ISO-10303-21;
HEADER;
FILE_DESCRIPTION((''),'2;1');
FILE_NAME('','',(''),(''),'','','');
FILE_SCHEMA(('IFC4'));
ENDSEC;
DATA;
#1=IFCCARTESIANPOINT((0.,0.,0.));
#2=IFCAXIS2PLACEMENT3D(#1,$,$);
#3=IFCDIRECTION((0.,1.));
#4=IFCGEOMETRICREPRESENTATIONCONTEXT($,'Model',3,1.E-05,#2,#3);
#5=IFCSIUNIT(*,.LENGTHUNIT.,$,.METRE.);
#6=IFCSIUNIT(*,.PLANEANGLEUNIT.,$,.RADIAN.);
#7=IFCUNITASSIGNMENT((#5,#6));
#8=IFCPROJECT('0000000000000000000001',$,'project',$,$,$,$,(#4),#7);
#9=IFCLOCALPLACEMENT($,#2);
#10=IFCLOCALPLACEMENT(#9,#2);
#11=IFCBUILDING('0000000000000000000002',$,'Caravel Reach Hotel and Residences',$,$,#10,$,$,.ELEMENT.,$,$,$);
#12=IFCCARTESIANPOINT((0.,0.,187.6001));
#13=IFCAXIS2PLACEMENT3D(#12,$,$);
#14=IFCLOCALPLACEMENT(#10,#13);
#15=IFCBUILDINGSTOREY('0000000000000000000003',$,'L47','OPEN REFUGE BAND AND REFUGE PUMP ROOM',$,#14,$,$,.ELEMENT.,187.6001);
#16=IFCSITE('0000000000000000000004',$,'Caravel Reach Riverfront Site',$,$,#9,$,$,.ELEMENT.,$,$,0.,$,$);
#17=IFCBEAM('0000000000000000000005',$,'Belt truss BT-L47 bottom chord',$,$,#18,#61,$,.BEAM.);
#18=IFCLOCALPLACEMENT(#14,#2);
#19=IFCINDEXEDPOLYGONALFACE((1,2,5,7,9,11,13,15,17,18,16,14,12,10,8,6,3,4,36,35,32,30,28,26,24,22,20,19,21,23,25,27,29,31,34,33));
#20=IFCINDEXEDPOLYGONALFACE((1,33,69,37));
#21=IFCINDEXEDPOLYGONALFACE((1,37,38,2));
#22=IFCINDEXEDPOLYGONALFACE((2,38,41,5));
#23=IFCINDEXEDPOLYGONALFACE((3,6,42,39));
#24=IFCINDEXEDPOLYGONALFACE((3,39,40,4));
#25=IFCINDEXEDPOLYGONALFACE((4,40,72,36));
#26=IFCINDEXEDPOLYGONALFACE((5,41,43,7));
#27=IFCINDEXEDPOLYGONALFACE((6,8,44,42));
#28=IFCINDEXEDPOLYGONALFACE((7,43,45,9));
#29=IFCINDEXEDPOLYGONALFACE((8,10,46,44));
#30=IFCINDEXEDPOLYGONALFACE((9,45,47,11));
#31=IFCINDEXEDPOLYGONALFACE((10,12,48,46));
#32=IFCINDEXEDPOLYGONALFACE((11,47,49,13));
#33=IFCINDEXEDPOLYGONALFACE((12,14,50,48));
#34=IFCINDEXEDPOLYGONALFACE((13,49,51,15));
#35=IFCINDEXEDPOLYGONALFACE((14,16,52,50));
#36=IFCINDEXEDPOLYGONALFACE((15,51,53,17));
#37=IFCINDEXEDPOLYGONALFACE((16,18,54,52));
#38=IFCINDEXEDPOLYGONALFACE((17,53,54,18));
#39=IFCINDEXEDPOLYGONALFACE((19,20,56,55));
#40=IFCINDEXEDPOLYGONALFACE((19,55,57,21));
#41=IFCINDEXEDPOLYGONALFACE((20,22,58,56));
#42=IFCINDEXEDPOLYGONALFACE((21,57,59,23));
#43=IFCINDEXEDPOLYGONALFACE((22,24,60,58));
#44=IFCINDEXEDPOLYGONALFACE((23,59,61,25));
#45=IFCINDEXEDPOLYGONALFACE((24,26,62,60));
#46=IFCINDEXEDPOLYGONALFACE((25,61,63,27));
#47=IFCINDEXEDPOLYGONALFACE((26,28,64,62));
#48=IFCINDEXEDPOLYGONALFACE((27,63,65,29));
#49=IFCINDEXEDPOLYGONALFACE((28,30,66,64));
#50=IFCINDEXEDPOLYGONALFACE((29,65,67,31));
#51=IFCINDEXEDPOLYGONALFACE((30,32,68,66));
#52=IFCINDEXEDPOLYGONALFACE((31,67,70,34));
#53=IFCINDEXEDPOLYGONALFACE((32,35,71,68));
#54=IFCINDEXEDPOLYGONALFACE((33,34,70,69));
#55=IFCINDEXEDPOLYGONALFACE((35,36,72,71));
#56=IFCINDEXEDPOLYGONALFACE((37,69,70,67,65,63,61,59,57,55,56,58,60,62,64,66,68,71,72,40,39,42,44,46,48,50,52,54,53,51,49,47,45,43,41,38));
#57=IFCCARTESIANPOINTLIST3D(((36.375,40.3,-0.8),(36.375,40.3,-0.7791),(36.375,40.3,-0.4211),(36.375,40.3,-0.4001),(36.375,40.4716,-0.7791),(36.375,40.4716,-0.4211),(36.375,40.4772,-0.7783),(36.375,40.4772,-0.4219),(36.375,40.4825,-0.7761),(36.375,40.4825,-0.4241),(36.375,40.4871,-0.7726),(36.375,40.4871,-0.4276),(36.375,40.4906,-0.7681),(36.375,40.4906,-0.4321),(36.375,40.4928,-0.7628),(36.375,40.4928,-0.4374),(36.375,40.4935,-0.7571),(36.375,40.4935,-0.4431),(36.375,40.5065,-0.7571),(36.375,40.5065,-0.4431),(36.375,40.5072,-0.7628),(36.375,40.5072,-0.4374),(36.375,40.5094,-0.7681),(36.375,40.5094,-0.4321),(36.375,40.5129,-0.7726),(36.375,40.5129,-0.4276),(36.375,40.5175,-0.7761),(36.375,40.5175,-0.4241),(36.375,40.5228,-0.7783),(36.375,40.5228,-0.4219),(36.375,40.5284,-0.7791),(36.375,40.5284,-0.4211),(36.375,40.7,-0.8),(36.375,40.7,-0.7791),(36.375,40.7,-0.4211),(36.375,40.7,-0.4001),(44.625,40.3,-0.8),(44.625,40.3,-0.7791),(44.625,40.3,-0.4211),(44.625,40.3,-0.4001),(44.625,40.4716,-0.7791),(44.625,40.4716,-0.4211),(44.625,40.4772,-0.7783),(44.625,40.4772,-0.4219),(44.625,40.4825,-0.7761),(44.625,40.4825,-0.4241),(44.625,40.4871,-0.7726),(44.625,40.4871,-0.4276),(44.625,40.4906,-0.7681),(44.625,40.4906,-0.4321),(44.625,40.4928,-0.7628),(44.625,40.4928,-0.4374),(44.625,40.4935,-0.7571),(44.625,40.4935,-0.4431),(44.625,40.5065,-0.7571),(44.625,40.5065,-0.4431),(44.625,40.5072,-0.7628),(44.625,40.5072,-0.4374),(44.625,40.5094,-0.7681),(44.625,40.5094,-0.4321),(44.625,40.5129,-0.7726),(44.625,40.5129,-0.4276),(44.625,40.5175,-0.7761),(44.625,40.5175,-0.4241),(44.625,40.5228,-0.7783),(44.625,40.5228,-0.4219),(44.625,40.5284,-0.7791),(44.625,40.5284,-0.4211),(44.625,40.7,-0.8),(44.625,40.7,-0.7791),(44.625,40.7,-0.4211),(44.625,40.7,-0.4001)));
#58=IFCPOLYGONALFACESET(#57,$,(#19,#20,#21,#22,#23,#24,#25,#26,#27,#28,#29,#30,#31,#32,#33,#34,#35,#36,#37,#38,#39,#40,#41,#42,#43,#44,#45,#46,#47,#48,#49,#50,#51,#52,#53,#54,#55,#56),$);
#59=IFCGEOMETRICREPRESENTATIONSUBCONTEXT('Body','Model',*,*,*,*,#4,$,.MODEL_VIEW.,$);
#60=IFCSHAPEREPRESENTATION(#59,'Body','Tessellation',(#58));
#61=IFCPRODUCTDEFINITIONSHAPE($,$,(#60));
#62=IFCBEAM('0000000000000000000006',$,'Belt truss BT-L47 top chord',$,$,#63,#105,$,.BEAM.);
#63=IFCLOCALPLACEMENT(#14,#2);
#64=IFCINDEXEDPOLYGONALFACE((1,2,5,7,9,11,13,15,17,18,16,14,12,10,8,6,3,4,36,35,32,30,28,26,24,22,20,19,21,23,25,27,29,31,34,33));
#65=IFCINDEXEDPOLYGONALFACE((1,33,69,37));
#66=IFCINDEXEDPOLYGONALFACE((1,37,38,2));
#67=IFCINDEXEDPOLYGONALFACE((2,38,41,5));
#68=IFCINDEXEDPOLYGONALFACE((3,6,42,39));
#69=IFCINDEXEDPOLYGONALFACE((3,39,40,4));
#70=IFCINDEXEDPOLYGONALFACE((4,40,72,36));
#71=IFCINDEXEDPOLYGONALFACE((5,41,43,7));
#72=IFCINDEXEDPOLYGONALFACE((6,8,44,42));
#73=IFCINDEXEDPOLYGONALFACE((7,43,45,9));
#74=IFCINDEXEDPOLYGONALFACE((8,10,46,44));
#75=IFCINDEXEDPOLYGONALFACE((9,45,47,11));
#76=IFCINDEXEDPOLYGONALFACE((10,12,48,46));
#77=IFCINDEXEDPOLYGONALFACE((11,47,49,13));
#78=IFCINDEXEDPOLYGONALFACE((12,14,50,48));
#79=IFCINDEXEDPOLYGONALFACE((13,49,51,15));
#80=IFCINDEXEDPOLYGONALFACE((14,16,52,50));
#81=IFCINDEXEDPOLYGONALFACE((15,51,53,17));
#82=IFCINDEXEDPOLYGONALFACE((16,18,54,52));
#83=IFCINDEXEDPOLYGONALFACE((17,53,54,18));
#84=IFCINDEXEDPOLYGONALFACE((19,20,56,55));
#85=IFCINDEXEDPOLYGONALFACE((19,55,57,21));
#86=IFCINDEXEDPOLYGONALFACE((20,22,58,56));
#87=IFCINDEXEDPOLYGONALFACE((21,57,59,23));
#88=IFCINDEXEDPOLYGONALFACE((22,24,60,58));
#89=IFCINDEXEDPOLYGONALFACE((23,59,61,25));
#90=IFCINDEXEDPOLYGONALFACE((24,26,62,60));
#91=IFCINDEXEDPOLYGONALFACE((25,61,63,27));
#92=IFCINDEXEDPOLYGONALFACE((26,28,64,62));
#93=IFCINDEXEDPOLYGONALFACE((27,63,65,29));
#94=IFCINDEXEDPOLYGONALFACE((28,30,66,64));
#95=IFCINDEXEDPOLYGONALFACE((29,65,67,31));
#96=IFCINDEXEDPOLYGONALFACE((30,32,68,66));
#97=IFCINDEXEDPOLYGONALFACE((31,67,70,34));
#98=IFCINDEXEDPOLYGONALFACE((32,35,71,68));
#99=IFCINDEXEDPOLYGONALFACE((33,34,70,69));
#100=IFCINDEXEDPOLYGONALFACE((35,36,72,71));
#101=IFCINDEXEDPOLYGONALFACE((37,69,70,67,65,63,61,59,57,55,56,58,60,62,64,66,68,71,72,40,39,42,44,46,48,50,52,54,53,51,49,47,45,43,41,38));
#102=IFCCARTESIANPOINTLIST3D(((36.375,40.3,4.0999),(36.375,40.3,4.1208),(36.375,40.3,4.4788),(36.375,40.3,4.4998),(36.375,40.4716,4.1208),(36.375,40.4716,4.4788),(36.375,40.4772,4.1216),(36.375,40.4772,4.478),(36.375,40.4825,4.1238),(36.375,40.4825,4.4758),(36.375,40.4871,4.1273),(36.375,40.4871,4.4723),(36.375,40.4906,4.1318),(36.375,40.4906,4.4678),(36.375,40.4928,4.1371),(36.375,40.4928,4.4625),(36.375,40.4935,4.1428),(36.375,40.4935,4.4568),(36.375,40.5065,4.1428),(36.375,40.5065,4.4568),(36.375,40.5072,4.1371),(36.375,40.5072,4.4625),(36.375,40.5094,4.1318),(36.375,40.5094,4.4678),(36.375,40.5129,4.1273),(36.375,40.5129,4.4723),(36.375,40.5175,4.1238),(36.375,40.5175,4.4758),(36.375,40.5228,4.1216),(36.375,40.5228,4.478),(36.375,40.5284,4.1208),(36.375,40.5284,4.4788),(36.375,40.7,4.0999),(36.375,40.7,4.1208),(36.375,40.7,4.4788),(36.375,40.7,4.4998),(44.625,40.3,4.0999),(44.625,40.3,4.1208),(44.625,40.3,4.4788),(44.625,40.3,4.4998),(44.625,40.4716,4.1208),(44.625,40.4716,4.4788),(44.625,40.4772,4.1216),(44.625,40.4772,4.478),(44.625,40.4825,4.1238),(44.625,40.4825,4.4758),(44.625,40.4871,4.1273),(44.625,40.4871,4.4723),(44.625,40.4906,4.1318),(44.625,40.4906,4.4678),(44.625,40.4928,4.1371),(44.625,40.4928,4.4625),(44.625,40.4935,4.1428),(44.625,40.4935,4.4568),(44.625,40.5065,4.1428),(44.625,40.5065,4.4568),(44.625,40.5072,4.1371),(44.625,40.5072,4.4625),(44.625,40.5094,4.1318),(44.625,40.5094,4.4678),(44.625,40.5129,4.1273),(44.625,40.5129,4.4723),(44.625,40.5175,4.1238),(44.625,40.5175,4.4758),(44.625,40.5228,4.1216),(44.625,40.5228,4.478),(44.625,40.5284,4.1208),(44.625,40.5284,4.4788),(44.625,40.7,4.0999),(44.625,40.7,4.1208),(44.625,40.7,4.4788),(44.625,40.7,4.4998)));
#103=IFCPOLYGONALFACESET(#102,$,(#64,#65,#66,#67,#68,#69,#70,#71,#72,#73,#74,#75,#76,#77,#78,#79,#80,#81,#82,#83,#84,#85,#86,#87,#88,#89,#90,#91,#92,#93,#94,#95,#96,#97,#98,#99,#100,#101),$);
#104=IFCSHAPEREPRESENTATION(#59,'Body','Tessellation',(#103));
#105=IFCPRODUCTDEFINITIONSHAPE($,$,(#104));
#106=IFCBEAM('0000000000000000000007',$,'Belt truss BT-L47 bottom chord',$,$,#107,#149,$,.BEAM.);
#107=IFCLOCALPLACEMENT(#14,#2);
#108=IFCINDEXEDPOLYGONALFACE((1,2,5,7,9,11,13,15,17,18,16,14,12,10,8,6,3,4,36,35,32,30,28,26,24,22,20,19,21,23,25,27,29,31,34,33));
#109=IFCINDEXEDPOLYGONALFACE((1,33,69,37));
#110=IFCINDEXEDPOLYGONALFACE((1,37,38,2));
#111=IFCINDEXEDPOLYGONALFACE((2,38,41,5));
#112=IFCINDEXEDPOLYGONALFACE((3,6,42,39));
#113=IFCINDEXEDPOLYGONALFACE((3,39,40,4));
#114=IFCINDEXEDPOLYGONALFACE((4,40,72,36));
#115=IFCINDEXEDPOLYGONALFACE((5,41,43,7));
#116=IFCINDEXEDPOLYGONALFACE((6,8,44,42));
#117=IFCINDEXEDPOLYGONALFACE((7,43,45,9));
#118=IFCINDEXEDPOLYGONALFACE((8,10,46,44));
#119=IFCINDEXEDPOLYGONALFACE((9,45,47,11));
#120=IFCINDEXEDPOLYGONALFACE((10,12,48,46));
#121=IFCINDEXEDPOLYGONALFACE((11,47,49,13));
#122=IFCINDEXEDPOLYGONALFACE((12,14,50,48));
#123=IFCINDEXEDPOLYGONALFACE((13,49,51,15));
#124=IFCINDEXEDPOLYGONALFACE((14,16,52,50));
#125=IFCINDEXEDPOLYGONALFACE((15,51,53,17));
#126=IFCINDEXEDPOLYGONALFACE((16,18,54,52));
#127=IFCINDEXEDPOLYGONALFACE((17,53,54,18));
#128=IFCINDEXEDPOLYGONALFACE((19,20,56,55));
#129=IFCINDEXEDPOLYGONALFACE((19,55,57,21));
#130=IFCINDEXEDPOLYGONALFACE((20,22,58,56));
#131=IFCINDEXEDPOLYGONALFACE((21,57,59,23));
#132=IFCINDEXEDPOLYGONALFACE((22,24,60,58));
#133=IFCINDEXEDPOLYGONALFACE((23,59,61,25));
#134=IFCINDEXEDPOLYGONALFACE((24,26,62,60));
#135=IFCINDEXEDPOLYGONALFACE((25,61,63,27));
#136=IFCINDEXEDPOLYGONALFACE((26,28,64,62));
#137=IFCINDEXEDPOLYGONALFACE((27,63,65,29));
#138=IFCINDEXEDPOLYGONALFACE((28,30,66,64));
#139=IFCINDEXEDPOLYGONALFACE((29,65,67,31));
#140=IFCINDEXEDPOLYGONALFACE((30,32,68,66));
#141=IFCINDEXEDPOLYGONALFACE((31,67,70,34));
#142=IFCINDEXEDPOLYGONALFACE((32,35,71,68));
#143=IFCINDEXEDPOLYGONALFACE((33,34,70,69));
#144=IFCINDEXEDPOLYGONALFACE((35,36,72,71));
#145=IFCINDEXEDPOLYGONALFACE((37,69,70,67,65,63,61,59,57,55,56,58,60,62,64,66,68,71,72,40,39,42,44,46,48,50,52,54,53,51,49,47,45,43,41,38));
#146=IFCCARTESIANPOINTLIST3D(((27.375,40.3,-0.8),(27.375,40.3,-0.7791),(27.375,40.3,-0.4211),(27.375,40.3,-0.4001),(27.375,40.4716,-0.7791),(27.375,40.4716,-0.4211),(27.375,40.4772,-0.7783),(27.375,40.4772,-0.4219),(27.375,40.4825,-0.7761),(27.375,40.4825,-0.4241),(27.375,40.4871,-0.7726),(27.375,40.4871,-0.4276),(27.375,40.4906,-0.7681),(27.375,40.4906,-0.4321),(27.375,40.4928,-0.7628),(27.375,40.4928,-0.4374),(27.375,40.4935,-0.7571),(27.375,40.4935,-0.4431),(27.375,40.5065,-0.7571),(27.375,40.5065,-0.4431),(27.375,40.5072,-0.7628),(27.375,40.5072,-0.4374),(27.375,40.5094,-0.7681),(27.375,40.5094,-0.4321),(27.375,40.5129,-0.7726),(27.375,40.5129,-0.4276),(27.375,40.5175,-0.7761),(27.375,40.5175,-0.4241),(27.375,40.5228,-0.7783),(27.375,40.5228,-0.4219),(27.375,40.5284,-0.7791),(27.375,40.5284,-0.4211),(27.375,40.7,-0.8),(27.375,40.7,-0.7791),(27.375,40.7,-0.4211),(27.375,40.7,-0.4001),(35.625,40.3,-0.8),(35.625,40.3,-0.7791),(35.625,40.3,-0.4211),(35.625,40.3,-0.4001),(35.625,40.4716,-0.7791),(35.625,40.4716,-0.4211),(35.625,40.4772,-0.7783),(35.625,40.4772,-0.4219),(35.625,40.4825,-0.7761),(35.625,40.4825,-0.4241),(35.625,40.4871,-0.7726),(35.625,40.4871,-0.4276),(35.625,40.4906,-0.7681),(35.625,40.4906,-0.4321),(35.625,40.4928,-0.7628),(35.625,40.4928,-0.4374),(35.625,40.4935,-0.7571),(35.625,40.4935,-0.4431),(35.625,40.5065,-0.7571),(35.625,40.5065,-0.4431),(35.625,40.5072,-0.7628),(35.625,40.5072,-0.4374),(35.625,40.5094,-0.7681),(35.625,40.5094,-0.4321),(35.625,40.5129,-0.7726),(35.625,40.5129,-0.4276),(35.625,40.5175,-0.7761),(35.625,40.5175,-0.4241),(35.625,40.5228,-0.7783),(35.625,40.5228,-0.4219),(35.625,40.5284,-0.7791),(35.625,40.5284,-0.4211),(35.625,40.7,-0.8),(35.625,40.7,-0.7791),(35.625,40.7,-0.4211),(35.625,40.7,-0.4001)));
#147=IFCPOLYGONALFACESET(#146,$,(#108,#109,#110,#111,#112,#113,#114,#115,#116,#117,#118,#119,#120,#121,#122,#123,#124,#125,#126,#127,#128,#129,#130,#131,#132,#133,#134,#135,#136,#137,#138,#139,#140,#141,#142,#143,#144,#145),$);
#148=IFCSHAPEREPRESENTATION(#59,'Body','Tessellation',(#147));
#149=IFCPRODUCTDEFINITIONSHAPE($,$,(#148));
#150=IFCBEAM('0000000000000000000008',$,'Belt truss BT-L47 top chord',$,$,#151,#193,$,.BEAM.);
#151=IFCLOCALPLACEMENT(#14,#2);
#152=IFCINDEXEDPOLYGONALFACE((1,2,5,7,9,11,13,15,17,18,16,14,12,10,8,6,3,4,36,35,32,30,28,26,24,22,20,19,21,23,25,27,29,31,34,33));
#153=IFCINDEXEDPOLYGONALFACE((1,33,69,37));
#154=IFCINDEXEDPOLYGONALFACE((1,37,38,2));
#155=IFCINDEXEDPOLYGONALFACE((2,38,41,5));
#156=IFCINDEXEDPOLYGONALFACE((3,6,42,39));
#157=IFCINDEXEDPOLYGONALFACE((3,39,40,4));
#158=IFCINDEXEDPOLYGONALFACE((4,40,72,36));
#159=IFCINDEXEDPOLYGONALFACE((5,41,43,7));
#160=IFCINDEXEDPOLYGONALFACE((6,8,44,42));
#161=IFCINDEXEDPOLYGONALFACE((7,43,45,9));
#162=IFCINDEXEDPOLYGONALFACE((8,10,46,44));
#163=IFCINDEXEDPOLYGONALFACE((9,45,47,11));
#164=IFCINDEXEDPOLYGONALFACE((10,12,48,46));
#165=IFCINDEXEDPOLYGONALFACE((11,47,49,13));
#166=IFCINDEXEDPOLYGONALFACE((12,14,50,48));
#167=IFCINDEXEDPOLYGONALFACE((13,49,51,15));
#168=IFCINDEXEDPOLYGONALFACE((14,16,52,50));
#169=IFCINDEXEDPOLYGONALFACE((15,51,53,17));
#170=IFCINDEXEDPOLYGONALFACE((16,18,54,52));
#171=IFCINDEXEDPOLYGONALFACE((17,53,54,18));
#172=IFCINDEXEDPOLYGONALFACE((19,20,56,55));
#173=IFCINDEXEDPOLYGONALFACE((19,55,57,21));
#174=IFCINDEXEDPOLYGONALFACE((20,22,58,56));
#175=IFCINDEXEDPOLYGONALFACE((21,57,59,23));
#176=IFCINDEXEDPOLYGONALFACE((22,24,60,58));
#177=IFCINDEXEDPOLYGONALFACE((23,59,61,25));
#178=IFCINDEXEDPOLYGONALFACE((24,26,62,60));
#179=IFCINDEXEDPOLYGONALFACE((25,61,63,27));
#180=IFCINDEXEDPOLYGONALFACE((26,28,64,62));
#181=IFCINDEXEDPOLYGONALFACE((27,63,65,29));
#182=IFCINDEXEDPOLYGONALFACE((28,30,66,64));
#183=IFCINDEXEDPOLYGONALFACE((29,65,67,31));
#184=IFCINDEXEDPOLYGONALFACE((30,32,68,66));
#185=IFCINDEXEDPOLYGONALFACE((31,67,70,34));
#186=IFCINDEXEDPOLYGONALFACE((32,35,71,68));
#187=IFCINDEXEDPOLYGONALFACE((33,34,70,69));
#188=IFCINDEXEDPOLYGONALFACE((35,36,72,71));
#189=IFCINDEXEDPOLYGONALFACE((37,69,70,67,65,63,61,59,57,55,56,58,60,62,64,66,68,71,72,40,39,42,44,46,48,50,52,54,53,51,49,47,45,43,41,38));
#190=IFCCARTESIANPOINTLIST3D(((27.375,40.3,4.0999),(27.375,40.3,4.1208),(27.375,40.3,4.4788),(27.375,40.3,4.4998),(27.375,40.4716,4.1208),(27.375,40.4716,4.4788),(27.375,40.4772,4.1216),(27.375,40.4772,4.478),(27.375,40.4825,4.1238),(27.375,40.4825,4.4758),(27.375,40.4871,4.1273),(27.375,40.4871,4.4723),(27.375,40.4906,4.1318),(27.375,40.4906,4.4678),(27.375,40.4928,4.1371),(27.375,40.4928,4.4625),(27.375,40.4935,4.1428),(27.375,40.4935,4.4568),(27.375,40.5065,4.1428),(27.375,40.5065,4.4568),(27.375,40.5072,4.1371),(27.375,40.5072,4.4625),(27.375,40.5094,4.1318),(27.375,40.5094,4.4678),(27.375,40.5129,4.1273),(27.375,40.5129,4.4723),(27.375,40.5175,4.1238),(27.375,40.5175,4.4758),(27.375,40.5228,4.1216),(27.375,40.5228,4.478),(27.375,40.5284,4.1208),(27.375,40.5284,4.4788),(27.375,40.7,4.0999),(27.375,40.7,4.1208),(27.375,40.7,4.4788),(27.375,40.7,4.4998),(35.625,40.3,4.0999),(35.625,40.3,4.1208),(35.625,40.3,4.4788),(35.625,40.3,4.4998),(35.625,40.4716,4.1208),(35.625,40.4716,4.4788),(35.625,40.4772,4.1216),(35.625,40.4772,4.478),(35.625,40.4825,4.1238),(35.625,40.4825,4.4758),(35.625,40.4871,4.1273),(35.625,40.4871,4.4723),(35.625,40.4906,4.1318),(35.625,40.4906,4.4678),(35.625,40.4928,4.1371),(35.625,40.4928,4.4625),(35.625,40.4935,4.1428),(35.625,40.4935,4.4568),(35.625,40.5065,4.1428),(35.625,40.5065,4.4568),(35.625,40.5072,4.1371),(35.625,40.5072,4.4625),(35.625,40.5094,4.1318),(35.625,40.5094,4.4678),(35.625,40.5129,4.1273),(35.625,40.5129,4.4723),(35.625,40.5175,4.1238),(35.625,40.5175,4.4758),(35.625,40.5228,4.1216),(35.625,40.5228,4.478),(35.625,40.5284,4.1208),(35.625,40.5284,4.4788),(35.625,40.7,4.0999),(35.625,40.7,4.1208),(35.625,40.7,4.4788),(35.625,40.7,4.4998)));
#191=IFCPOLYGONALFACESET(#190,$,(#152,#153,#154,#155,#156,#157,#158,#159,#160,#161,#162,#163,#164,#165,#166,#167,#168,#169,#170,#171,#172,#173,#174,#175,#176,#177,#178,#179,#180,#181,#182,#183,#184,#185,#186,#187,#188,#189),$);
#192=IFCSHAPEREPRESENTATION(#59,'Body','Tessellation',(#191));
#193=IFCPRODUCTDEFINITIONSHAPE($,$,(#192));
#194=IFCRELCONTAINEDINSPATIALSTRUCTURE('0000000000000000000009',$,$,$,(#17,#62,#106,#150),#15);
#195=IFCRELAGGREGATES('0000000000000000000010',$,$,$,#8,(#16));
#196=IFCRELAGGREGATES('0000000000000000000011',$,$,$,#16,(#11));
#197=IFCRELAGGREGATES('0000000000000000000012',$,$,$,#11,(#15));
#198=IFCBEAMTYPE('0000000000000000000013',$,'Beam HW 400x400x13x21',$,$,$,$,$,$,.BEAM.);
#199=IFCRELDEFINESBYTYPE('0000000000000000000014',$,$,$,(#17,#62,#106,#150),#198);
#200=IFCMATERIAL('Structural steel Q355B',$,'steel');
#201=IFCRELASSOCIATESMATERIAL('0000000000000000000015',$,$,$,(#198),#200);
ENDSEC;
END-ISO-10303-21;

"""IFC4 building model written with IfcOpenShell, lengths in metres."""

from ifc_helpers import new_model, si_unit, direction, frame, origin, origin_2d, place, context, subcontext, project, spatial, i_section, extrude, material, material_profile, profile_set, type_object, element, save


model = new_model("IFC4")

# Units and contexts
model_context = context("Model", 3, precision=1e-05, world=origin(), true_north=direction((0.0, 1.0)))
body_context = subcontext(model_context, "Body", "Model", "MODEL_VIEW")
ifc_project = project(units=[si_unit("LENGTHUNIT", "METRE"), si_unit("PLANEANGLEUNIT", "RADIAN")], contexts=[model_context])

# Site, building, storey
site_placement = place(None, origin())
site = spatial("IfcSite", under=ifc_project, at=site_placement, Name="Caravel Reach Riverfront Site", CompositionType="ELEMENT", RefElevation=0.0)
building_placement = place(site_placement, origin())
building = spatial("IfcBuilding", under=site, at=building_placement, Name="Caravel Reach Hotel and Residences", CompositionType="ELEMENT")
storey_placement = place(building_placement, frame((0.0, 0.0, 187.6001)))
storey = spatial("IfcBuildingStorey", under=building, at=storey_placement, Name="L47", Description="OPEN REFUGE BAND AND REFUGE PUMP ROOM", CompositionType="ELEMENT", Elevation=187.6001)

# Beams
ifc_material_1 = material(Name="Structural steel Q355B", Category="steel")
ifc_material_profile_1 = material_profile(ifc_material_1, i_section(OverallWidth=0.3999, OverallDepth=0.3999, WebThickness=0.0129, FlangeThickness=0.021, FilletRadius=0.022, at=origin_2d()), Name="HW 400x400x13x21")
ifc_profile_set_1 = profile_set([ifc_material_profile_1], Name="Structural steel Q355B")
beam_type = type_object("IfcBeamType", Name="Beam HW 400x400x13x21", PredefinedType="BEAM", material=ifc_profile_set_1)
for number, where, z_axis, x_axis, name in (
    (1, (44.625, 40.5, -0.6001), (-1.0, 0.0, 0.0), (0.0, -1.0, 0.0), "Belt truss BT-L47 bottom chord"),
    (2, (44.625, 40.5, 4.2998), (-1.0, 0.0, 0.0), (0.0, -1.0, 0.0), "Belt truss BT-L47 top chord"),
    (3, (35.625, 40.5, -0.6001), (-1.0, 0.0, 0.0), (0.0, -1.0, 0.0), "Belt truss BT-L47 bottom chord"),
    (4, (35.625, 40.5, 4.2998), (-1.0, 0.0, 0.0), (0.0, -1.0, 0.0), "Belt truss BT-L47 top chord"),
):
    element("IfcBeam", number, at=place(storey_placement, frame(where, z_axis=z_axis, x_axis=x_axis)), inside=storey, type_object=beam_type, Name=name, PredefinedType="BEAM", context=body_context, shape_type="SweptSolid", body=[
        extrude(i_section(OverallWidth=0.3999, OverallDepth=0.3999, WebThickness=0.0129, FlangeThickness=0.021, FilletRadius=0.022, at=origin_2d()), origin(), (0.0, 0.0, 1.0), 8.25),
    ])

save(model, "model.ifc")
